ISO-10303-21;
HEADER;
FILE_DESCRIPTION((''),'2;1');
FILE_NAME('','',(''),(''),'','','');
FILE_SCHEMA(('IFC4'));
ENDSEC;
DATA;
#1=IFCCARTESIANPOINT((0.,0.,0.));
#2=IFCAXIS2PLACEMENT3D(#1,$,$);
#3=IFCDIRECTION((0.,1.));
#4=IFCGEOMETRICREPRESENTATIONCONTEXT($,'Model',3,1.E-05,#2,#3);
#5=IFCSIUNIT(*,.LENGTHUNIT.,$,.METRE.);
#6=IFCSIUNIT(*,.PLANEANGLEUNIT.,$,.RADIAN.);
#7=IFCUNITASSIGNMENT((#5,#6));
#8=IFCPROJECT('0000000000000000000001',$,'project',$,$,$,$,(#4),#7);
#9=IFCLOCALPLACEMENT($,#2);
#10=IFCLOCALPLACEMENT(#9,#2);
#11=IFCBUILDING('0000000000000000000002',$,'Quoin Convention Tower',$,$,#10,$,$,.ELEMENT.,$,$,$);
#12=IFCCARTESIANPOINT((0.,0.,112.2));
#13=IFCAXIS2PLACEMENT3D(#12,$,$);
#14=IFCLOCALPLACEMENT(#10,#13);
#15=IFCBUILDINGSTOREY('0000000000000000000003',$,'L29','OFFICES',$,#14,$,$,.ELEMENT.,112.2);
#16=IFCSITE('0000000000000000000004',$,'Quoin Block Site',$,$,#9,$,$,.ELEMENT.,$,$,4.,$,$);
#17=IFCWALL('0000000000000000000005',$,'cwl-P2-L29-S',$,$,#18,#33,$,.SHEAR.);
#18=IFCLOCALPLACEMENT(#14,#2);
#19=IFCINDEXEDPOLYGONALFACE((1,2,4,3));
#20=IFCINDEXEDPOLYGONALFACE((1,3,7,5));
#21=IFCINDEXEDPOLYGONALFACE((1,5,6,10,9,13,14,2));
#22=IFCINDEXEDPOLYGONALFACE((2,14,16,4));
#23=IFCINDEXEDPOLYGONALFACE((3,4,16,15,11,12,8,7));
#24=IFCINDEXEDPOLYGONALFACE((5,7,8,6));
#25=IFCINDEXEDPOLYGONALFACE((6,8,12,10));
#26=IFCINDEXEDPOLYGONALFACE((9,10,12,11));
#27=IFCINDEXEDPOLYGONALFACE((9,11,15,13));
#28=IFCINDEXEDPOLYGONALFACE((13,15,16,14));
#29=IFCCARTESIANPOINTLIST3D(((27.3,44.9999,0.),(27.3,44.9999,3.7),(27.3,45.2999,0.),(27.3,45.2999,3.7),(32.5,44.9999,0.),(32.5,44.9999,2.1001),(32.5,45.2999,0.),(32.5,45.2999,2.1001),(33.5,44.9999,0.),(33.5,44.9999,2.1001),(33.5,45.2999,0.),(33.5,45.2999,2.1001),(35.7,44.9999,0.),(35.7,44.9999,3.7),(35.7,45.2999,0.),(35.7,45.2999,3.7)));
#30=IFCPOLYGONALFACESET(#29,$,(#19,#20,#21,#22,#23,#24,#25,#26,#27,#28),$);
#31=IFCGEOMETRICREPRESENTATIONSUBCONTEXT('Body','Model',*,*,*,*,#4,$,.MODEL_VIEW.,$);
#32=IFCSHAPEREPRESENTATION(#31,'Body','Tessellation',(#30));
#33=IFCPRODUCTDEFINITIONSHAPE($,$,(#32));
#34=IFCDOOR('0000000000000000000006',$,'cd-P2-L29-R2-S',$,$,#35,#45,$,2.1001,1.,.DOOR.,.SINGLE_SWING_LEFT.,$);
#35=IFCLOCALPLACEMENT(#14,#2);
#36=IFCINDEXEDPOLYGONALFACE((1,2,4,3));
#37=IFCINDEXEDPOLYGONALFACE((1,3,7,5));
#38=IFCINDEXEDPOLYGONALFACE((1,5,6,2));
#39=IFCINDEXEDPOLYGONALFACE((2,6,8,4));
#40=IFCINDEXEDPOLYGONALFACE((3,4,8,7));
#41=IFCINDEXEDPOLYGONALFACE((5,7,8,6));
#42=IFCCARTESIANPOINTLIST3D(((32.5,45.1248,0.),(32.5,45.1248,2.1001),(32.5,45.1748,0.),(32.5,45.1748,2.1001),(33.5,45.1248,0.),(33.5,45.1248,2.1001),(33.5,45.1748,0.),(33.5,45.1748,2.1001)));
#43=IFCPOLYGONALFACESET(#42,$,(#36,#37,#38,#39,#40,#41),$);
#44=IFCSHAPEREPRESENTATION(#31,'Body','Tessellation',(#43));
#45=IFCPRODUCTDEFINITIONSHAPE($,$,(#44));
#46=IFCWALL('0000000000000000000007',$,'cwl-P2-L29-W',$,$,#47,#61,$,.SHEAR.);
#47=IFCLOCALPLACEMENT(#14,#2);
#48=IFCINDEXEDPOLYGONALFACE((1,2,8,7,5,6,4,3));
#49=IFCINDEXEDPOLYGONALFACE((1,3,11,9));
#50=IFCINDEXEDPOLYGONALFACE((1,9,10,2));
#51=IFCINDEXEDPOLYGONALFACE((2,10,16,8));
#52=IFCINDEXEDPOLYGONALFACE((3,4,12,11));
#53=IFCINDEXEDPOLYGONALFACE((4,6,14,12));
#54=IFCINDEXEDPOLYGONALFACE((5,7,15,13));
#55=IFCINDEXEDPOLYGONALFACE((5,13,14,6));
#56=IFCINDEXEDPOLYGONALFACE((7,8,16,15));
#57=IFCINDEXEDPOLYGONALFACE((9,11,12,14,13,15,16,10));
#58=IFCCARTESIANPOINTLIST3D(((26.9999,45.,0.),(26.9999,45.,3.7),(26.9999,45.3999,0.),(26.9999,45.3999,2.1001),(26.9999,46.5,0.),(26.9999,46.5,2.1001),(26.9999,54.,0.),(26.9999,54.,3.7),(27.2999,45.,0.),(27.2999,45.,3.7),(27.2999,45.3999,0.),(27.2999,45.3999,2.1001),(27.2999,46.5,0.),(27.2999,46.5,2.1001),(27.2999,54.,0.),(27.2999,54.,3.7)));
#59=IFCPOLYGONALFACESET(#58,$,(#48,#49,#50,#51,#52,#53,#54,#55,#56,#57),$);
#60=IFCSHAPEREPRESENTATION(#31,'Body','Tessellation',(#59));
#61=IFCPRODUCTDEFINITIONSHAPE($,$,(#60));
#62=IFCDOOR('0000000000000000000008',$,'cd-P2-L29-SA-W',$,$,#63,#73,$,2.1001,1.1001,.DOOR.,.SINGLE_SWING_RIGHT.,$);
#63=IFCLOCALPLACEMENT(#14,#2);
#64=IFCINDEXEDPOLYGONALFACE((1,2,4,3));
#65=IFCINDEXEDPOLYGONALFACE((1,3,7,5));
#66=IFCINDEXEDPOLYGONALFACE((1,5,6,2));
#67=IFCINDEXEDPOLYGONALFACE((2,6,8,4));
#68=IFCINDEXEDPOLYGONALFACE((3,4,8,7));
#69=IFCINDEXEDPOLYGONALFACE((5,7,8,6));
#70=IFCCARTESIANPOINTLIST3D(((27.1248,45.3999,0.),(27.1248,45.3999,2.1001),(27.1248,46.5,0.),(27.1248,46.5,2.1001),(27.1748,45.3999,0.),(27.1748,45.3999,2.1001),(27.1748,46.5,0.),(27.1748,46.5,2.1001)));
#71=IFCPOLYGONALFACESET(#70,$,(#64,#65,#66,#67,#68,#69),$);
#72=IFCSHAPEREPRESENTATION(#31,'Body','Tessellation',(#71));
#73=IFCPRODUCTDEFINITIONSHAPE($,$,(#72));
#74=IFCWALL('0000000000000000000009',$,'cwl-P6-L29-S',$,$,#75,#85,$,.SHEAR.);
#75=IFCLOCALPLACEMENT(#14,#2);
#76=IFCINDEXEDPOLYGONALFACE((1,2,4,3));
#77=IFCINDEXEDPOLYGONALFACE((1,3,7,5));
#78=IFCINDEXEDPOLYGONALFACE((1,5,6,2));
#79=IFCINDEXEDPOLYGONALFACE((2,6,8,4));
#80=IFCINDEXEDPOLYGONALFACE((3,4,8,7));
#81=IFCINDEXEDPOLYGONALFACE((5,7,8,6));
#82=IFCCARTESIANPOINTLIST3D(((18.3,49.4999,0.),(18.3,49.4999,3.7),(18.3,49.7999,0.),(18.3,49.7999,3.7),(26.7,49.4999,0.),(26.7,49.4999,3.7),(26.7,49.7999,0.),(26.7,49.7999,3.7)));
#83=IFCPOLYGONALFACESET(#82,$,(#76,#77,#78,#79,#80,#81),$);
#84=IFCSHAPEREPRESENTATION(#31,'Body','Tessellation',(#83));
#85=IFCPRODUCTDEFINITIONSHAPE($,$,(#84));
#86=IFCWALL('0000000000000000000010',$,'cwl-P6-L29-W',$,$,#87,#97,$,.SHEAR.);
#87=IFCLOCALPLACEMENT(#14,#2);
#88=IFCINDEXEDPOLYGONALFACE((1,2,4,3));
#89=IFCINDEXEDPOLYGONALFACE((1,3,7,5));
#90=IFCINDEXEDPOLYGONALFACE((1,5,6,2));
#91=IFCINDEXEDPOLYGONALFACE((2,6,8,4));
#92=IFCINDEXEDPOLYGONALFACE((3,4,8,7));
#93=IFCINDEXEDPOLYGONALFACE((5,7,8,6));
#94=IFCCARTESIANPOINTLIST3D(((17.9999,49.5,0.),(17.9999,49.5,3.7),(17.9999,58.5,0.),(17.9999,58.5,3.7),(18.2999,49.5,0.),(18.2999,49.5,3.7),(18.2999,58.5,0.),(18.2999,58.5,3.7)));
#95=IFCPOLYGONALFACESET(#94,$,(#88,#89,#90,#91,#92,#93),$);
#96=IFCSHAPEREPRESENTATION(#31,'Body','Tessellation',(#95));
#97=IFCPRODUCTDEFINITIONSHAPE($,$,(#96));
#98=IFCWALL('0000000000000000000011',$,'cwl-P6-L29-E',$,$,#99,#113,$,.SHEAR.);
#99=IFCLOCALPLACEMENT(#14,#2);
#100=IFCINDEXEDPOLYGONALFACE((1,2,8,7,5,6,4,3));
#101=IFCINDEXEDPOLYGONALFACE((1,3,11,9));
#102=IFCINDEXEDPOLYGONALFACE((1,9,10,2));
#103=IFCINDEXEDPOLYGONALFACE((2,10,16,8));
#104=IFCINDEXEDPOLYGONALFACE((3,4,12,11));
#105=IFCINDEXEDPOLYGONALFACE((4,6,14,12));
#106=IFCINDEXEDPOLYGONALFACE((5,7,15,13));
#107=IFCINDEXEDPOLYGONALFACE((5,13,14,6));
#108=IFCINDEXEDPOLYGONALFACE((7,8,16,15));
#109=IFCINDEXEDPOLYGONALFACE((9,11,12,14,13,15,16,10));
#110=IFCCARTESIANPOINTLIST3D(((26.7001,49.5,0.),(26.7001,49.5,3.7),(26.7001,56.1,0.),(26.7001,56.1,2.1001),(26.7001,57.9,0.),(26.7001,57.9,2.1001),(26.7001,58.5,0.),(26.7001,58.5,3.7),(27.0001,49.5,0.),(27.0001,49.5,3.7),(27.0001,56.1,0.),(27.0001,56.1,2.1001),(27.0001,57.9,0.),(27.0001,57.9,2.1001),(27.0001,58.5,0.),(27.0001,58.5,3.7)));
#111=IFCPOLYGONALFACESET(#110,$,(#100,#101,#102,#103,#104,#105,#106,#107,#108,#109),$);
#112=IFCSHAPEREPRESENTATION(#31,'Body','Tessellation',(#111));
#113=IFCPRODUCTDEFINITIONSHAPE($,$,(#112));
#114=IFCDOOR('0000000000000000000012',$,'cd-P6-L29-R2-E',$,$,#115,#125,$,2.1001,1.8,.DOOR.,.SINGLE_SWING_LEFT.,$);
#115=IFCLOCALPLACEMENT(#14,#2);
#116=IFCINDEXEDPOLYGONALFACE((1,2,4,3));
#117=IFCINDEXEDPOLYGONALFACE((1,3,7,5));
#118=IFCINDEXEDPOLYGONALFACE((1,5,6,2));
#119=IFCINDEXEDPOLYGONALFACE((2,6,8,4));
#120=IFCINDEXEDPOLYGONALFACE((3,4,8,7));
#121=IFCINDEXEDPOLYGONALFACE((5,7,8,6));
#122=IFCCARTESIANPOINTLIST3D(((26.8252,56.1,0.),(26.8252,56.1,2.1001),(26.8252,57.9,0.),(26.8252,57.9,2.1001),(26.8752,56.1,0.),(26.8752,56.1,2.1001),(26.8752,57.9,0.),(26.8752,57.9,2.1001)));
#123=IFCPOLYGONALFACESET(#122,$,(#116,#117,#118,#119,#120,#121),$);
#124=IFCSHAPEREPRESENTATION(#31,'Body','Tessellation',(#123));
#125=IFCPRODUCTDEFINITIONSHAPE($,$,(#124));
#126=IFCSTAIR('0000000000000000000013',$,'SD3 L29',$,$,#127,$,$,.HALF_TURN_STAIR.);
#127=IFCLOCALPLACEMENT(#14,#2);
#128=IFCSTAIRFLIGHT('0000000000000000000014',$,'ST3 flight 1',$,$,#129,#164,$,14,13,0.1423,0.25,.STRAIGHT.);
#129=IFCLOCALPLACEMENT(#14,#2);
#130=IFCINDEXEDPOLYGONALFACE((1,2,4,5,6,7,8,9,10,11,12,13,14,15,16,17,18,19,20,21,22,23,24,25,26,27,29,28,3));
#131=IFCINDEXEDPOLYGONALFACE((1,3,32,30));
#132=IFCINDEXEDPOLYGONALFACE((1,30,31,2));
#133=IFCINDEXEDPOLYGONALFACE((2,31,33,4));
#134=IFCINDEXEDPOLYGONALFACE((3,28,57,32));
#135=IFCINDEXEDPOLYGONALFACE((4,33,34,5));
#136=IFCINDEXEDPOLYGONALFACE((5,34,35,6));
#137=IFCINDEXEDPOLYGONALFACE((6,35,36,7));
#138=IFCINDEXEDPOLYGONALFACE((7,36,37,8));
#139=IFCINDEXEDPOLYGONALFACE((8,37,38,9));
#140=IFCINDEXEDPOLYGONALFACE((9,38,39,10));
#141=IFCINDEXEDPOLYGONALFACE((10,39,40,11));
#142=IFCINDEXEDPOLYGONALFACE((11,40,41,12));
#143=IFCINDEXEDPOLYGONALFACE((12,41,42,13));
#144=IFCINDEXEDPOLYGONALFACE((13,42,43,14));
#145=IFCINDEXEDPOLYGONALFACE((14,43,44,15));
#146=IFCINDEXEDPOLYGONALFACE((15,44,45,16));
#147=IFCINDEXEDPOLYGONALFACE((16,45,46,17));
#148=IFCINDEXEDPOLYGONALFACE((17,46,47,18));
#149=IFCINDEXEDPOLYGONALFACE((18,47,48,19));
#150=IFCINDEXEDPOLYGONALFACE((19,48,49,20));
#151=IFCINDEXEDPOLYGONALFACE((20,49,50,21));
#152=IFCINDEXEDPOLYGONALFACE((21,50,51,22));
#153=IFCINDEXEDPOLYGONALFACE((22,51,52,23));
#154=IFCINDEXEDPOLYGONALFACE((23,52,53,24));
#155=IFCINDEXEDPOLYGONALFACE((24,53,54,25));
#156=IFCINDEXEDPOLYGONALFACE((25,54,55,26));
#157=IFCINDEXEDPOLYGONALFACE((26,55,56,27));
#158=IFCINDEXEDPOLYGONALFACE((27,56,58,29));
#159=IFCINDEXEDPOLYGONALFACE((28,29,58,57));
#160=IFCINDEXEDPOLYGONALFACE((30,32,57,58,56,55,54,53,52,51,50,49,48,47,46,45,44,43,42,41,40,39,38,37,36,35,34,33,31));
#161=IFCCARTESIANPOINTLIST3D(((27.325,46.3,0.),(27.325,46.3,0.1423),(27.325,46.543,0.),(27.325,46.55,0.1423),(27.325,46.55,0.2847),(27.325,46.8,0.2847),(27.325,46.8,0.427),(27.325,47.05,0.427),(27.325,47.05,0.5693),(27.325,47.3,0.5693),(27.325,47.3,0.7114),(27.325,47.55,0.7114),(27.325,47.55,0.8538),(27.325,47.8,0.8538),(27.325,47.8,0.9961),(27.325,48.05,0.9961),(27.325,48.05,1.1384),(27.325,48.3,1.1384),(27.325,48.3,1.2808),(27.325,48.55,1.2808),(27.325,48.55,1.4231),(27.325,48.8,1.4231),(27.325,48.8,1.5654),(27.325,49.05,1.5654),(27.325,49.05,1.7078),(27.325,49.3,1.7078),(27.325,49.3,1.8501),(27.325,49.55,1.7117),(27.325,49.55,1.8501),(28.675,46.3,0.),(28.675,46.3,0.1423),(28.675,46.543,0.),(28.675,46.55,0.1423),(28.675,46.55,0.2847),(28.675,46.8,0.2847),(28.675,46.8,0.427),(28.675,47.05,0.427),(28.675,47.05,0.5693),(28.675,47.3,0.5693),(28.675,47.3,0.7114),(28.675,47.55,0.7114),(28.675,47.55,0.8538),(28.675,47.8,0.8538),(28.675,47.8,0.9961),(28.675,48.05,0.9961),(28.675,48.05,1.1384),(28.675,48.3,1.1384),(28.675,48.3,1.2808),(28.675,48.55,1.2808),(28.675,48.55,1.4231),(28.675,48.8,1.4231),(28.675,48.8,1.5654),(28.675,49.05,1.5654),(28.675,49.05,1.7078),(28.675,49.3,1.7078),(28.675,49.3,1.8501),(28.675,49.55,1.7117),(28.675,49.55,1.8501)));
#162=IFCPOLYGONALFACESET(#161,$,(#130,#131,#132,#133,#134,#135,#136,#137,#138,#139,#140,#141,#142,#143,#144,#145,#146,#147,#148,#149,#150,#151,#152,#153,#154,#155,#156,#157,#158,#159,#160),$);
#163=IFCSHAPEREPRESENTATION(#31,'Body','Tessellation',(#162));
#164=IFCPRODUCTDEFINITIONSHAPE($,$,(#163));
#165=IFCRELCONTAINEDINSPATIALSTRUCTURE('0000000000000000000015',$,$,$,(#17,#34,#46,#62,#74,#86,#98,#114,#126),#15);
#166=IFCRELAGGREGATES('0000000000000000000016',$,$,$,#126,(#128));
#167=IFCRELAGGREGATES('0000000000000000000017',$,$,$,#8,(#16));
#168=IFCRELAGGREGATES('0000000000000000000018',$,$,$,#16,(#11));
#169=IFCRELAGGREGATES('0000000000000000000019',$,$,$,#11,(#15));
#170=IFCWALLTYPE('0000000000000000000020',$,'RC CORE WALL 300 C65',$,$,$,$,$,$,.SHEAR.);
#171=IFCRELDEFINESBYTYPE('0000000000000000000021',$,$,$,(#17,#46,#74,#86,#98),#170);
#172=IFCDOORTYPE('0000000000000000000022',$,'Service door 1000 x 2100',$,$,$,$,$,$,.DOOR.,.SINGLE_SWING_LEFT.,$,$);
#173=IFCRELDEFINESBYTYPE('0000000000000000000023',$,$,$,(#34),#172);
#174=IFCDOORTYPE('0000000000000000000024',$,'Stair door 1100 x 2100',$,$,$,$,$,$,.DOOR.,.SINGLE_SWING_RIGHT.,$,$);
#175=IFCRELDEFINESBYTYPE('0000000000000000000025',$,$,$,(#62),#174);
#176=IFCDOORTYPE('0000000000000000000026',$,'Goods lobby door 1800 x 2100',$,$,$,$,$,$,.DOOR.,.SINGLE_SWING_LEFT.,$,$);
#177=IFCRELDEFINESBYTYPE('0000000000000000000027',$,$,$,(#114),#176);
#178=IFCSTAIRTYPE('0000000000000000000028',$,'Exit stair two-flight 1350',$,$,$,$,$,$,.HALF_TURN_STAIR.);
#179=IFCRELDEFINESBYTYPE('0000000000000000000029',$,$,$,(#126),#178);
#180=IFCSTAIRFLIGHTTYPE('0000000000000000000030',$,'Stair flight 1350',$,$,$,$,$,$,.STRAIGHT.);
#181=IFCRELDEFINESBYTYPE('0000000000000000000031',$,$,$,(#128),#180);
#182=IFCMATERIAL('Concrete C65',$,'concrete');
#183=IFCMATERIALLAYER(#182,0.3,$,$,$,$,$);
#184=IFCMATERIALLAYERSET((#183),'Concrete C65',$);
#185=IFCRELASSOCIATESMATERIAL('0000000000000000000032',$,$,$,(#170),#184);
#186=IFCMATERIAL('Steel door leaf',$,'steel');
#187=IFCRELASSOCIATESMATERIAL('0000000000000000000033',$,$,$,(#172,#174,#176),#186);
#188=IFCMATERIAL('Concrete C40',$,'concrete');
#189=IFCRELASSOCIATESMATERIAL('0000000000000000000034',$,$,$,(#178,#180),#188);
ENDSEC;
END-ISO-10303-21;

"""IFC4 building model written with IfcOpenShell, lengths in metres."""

from ifc_helpers import new_model, si_unit, direction, frame, frame_2d, origin, place, context, subcontext, project, spatial, polyline, rectangle, outline, extrude, material, layer, layer_set, type_object, element, fill, aggregate, save


model = new_model("IFC4")

# Units and contexts
model_context = context("Model", 3, precision=1e-05, world=origin(), true_north=direction((0.0, 1.0)))
body_context = subcontext(model_context, "Body", "Model", "MODEL_VIEW")
ifc_project = project(units=[si_unit("LENGTHUNIT", "METRE"), si_unit("PLANEANGLEUNIT", "RADIAN")], contexts=[model_context])

# Site, building, storey
site_placement = place(None, origin())
site = spatial("IfcSite", under=ifc_project, at=site_placement, Name="Quoin Block Site", CompositionType="ELEMENT", RefElevation=4.0)
building_placement = place(site_placement, origin())
building = spatial("IfcBuilding", under=site, at=building_placement, Name="Quoin Convention Tower", CompositionType="ELEMENT")
storey_placement = place(building_placement, frame((0.0, 0.0, 112.2)))
storey = spatial("IfcBuildingStorey", under=building, at=storey_placement, Name="L29", Description="OFFICES", CompositionType="ELEMENT", Elevation=112.2)

# Shared definitions
ifc_material_1 = material(Name="Concrete C65", Category="concrete")

# Walls, openings, doors
ifc_layer_1 = layer(ifc_material_1, 0.3)
ifc_layer_set_1 = layer_set([ifc_layer_1], Name="Concrete C65")
wall_type_1 = type_object("IfcWallType", Name="RC CORE WALL 300 C65", PredefinedType="SHEAR", material=ifc_layer_set_1)
wall_1_placement = place(storey_placement, frame((27.3, 45.1499, 0.0), z_axis=(0.0, 0.0, 1.0), x_axis=(1.0, 0.0, 0.0)))
wall_1 = element("IfcWall", 1, at=wall_1_placement, inside=storey, type_object=wall_type_1, Name="cwl-P2-L29-S", PredefinedType="SHEAR", context=body_context, shape_type="SweptSolid", body=[
    extrude(rectangle(XDim=8.3999, YDim=0.3, at=frame_2d((4.2, 0.0))), origin(), (0.0, 0.0, 1.0), 3.7),
])
opening_1_placement = place(wall_1_placement, frame((5.2, 0.0, 0.0)))
opening_1 = element("IfcOpeningElement", 2, at=opening_1_placement, cuts=wall_1, PredefinedType="OPENING", context=body_context, shape_type="SweptSolid", body=[
    extrude(rectangle(XDim=1.0, YDim=2.1001, at=frame_2d((0.5, 1.05))), frame((0.0, 0.1599, 0.0), z_axis=(0.0, -1.0, 0.0), x_axis=(1.0, 0.0, 0.0)), (0.0, 0.0, 1.0), 0.3201),
])
ifc_material_2 = material(Name="Steel door leaf", Category="steel")
door_type_1 = type_object("IfcDoorType", Name="Service door 1000 x 2100", OperationType="SINGLE_SWING_LEFT", PredefinedType="DOOR", material=ifc_material_2)
door_1_placement = place(opening_1_placement, origin())
door_1 = element("IfcDoor", 3, at=door_1_placement, inside=storey, type_object=door_type_1, Name="cd-P2-L29-R2-S", OperationType="SINGLE_SWING_LEFT", OverallHeight=2.1001, OverallWidth=1.0, PredefinedType="DOOR", context=body_context, shape_type="SweptSolid", body=[
    extrude(rectangle(XDim=1.0, YDim=2.1001, at=frame_2d((0.5, 1.05))), frame((0.0, 0.0249, 0.0), z_axis=(0.0, -1.0, 0.0), x_axis=(1.0, 0.0, 0.0)), (0.0, 0.0, 1.0), 0.05),
])
fill(opening_1, door_1)
wall_2_placement = place(storey_placement, frame((27.1499, 45.0, 0.0), z_axis=(0.0, 0.0, 1.0), x_axis=(0.0, 1.0, 0.0)))
wall_2 = element("IfcWall", 4, at=wall_2_placement, inside=storey, type_object=wall_type_1, Name="cwl-P2-L29-W", PredefinedType="SHEAR", context=body_context, shape_type="SweptSolid", body=[
    extrude(rectangle(XDim=9.0, YDim=0.3, at=frame_2d((4.5, 0.0))), origin(), (0.0, 0.0, 1.0), 3.7),
])
opening_2_placement = place(wall_2_placement, frame((0.3999, 0.0, 0.0)))
opening_2 = element("IfcOpeningElement", 5, at=opening_2_placement, cuts=wall_2, PredefinedType="OPENING", context=body_context, shape_type="SweptSolid", body=[
    extrude(rectangle(XDim=1.1001, YDim=2.1001, at=frame_2d((0.55, 1.05))), frame((0.0, 0.1599, 0.0), z_axis=(0.0, -1.0, 0.0), x_axis=(1.0, 0.0, 0.0)), (0.0, 0.0, 1.0), 0.3201),
])
door_type_2 = type_object("IfcDoorType", Name="Stair door 1100 x 2100", OperationType="SINGLE_SWING_RIGHT", PredefinedType="DOOR", material=ifc_material_2)
door_2_placement = place(opening_2_placement, frame((1.1001, 0.0, 0.0), z_axis=(0.0, 0.0, 1.0), x_axis=(-1.0, 0.0, 0.0)))
door_2 = element("IfcDoor", 6, at=door_2_placement, inside=storey, type_object=door_type_2, Name="cd-P2-L29-SA-W", OperationType="SINGLE_SWING_RIGHT", OverallHeight=2.1001, OverallWidth=1.1001, PredefinedType="DOOR", context=body_context, shape_type="SweptSolid", body=[
    extrude(rectangle(XDim=1.1001, YDim=2.1001, at=frame_2d((0.55, 1.05))), frame((0.0, 0.0249, 0.0), z_axis=(0.0, -1.0, 0.0), x_axis=(1.0, 0.0, 0.0)), (0.0, 0.0, 1.0), 0.05),
])
fill(opening_2, door_2)

# Walls
wall_3_placement = place(storey_placement, frame((18.3, 49.6499, 0.0), z_axis=(0.0, 0.0, 1.0), x_axis=(1.0, 0.0, 0.0)))
element("IfcWall", 7, at=wall_3_placement, inside=storey, type_object=wall_type_1, Name="cwl-P6-L29-S", PredefinedType="SHEAR", context=body_context, shape_type="SweptSolid", body=[
    extrude(rectangle(XDim=8.3999, YDim=0.3, at=frame_2d((4.2, 0.0))), origin(), (0.0, 0.0, 1.0), 3.7),
])
wall_4_placement = place(storey_placement, frame((18.1499, 49.5, 0.0), z_axis=(0.0, 0.0, 1.0), x_axis=(0.0, 1.0, 0.0)))
element("IfcWall", 8, at=wall_4_placement, inside=storey, type_object=wall_type_1, Name="cwl-P6-L29-W", PredefinedType="SHEAR", context=body_context, shape_type="SweptSolid", body=[
    extrude(rectangle(XDim=9.0, YDim=0.3, at=frame_2d((4.5, 0.0))), origin(), (0.0, 0.0, 1.0), 3.7),
])

# Wall, opening, door
wall_5_placement = place(storey_placement, frame((26.8501, 49.5, 0.0), z_axis=(0.0, 0.0, 1.0), x_axis=(0.0, 1.0, 0.0)))
wall_5 = element("IfcWall", 9, at=wall_5_placement, inside=storey, type_object=wall_type_1, Name="cwl-P6-L29-E", PredefinedType="SHEAR", context=body_context, shape_type="SweptSolid", body=[
    extrude(rectangle(XDim=9.0, YDim=0.3, at=frame_2d((4.5, 0.0))), origin(), (0.0, 0.0, 1.0), 3.7),
])
opening_3_placement = place(wall_5_placement, frame((6.6001, 0.0, 0.0)))
opening_3 = element("IfcOpeningElement", 10, at=opening_3_placement, cuts=wall_5, PredefinedType="OPENING", context=body_context, shape_type="SweptSolid", body=[
    extrude(rectangle(XDim=1.8, YDim=2.1001, at=frame_2d((0.8999, 1.05))), frame((0.0, 0.1599, 0.0), z_axis=(0.0, -1.0, 0.0), x_axis=(1.0, 0.0, 0.0)), (0.0, 0.0, 1.0), 0.3201),
])
door_type_3 = type_object("IfcDoorType", Name="Goods lobby door 1800 x 2100", OperationType="SINGLE_SWING_LEFT", PredefinedType="DOOR", material=ifc_material_2)
door_3_placement = place(opening_3_placement, origin())
door_3 = element("IfcDoor", 11, at=door_3_placement, inside=storey, type_object=door_type_3, Name="cd-P6-L29-R2-E", OperationType="SINGLE_SWING_LEFT", OverallHeight=2.1001, OverallWidth=1.8, PredefinedType="DOOR", context=body_context, shape_type="SweptSolid", body=[
    extrude(rectangle(XDim=1.8, YDim=2.1001, at=frame_2d((0.8999, 1.05))), frame((0.0, 0.0249, 0.0), z_axis=(0.0, -1.0, 0.0), x_axis=(1.0, 0.0, 0.0)), (0.0, 0.0, 1.0), 0.05),
])
fill(opening_3, door_3)

# Stair, stair flight
ifc_material_3 = material(Name="Concrete C40", Category="concrete")
stair_type = type_object("IfcStairType", Name="Exit stair two-flight 1350", PredefinedType="HALF_TURN_STAIR", material=ifc_material_3)
stair_placement = place(storey_placement, origin())
stair = element("IfcStair", 12, at=stair_placement, inside=storey, type_object=stair_type, Name="SD3 L29", PredefinedType="HALF_TURN_STAIR")
stair_flight_type = type_object("IfcStairFlightType", Name="Stair flight 1350", PredefinedType="STRAIGHT", material=ifc_material_3)
stair_flight_1_placement = place(storey_placement, frame((28.0, 46.3, 0.0), z_axis=(0.0, 0.0, 1.0), x_axis=(0.0, 1.0, 0.0)))
stair_flight_1 = element("IfcStairFlight", 13, at=stair_flight_1_placement, type_object=stair_flight_type, Name="ST3 flight 1", NumberOfRisers=14, NumberOfTreads=13, PredefinedType="STRAIGHT", RiserHeight=0.1423, TreadLength=0.25, context=body_context, shape_type="SweptSolid", body=[
    extrude(outline(polyline([(0.0, 0.0), (0.0, 0.1423), (0.25, 0.1423), (0.25, 0.2847), (0.5, 0.2847), (0.5, 0.427), (0.75, 0.427), (0.75, 0.5693), (1.0, 0.5693), (1.0, 0.7114), (1.25, 0.7114), (1.25, 0.8538), (1.5, 0.8538), (1.5, 0.9961), (1.75, 0.9961), (1.75, 1.1384), (2.0, 1.1384), (2.0, 1.2808), (2.25, 1.2808), (2.25, 1.4231), (2.5, 1.4231), (2.5, 1.5654), (2.75, 1.5654), (2.75, 1.7078), (3.0, 1.7078), (3.0, 1.8501), (3.25, 1.8501), (3.25, 1.9922), (3.25, 1.7117), (0.2429, 0.0), (0.0, 0.0)])), frame((0.0, 0.675, 0.0), z_axis=(0.0, -1.0, 0.0), x_axis=(1.0, 0.0, 0.0)), (0.0, 0.0, 1.0), 1.3501),
])
aggregate(stair, [stair_flight_1])

save(model, "model.ifc")
